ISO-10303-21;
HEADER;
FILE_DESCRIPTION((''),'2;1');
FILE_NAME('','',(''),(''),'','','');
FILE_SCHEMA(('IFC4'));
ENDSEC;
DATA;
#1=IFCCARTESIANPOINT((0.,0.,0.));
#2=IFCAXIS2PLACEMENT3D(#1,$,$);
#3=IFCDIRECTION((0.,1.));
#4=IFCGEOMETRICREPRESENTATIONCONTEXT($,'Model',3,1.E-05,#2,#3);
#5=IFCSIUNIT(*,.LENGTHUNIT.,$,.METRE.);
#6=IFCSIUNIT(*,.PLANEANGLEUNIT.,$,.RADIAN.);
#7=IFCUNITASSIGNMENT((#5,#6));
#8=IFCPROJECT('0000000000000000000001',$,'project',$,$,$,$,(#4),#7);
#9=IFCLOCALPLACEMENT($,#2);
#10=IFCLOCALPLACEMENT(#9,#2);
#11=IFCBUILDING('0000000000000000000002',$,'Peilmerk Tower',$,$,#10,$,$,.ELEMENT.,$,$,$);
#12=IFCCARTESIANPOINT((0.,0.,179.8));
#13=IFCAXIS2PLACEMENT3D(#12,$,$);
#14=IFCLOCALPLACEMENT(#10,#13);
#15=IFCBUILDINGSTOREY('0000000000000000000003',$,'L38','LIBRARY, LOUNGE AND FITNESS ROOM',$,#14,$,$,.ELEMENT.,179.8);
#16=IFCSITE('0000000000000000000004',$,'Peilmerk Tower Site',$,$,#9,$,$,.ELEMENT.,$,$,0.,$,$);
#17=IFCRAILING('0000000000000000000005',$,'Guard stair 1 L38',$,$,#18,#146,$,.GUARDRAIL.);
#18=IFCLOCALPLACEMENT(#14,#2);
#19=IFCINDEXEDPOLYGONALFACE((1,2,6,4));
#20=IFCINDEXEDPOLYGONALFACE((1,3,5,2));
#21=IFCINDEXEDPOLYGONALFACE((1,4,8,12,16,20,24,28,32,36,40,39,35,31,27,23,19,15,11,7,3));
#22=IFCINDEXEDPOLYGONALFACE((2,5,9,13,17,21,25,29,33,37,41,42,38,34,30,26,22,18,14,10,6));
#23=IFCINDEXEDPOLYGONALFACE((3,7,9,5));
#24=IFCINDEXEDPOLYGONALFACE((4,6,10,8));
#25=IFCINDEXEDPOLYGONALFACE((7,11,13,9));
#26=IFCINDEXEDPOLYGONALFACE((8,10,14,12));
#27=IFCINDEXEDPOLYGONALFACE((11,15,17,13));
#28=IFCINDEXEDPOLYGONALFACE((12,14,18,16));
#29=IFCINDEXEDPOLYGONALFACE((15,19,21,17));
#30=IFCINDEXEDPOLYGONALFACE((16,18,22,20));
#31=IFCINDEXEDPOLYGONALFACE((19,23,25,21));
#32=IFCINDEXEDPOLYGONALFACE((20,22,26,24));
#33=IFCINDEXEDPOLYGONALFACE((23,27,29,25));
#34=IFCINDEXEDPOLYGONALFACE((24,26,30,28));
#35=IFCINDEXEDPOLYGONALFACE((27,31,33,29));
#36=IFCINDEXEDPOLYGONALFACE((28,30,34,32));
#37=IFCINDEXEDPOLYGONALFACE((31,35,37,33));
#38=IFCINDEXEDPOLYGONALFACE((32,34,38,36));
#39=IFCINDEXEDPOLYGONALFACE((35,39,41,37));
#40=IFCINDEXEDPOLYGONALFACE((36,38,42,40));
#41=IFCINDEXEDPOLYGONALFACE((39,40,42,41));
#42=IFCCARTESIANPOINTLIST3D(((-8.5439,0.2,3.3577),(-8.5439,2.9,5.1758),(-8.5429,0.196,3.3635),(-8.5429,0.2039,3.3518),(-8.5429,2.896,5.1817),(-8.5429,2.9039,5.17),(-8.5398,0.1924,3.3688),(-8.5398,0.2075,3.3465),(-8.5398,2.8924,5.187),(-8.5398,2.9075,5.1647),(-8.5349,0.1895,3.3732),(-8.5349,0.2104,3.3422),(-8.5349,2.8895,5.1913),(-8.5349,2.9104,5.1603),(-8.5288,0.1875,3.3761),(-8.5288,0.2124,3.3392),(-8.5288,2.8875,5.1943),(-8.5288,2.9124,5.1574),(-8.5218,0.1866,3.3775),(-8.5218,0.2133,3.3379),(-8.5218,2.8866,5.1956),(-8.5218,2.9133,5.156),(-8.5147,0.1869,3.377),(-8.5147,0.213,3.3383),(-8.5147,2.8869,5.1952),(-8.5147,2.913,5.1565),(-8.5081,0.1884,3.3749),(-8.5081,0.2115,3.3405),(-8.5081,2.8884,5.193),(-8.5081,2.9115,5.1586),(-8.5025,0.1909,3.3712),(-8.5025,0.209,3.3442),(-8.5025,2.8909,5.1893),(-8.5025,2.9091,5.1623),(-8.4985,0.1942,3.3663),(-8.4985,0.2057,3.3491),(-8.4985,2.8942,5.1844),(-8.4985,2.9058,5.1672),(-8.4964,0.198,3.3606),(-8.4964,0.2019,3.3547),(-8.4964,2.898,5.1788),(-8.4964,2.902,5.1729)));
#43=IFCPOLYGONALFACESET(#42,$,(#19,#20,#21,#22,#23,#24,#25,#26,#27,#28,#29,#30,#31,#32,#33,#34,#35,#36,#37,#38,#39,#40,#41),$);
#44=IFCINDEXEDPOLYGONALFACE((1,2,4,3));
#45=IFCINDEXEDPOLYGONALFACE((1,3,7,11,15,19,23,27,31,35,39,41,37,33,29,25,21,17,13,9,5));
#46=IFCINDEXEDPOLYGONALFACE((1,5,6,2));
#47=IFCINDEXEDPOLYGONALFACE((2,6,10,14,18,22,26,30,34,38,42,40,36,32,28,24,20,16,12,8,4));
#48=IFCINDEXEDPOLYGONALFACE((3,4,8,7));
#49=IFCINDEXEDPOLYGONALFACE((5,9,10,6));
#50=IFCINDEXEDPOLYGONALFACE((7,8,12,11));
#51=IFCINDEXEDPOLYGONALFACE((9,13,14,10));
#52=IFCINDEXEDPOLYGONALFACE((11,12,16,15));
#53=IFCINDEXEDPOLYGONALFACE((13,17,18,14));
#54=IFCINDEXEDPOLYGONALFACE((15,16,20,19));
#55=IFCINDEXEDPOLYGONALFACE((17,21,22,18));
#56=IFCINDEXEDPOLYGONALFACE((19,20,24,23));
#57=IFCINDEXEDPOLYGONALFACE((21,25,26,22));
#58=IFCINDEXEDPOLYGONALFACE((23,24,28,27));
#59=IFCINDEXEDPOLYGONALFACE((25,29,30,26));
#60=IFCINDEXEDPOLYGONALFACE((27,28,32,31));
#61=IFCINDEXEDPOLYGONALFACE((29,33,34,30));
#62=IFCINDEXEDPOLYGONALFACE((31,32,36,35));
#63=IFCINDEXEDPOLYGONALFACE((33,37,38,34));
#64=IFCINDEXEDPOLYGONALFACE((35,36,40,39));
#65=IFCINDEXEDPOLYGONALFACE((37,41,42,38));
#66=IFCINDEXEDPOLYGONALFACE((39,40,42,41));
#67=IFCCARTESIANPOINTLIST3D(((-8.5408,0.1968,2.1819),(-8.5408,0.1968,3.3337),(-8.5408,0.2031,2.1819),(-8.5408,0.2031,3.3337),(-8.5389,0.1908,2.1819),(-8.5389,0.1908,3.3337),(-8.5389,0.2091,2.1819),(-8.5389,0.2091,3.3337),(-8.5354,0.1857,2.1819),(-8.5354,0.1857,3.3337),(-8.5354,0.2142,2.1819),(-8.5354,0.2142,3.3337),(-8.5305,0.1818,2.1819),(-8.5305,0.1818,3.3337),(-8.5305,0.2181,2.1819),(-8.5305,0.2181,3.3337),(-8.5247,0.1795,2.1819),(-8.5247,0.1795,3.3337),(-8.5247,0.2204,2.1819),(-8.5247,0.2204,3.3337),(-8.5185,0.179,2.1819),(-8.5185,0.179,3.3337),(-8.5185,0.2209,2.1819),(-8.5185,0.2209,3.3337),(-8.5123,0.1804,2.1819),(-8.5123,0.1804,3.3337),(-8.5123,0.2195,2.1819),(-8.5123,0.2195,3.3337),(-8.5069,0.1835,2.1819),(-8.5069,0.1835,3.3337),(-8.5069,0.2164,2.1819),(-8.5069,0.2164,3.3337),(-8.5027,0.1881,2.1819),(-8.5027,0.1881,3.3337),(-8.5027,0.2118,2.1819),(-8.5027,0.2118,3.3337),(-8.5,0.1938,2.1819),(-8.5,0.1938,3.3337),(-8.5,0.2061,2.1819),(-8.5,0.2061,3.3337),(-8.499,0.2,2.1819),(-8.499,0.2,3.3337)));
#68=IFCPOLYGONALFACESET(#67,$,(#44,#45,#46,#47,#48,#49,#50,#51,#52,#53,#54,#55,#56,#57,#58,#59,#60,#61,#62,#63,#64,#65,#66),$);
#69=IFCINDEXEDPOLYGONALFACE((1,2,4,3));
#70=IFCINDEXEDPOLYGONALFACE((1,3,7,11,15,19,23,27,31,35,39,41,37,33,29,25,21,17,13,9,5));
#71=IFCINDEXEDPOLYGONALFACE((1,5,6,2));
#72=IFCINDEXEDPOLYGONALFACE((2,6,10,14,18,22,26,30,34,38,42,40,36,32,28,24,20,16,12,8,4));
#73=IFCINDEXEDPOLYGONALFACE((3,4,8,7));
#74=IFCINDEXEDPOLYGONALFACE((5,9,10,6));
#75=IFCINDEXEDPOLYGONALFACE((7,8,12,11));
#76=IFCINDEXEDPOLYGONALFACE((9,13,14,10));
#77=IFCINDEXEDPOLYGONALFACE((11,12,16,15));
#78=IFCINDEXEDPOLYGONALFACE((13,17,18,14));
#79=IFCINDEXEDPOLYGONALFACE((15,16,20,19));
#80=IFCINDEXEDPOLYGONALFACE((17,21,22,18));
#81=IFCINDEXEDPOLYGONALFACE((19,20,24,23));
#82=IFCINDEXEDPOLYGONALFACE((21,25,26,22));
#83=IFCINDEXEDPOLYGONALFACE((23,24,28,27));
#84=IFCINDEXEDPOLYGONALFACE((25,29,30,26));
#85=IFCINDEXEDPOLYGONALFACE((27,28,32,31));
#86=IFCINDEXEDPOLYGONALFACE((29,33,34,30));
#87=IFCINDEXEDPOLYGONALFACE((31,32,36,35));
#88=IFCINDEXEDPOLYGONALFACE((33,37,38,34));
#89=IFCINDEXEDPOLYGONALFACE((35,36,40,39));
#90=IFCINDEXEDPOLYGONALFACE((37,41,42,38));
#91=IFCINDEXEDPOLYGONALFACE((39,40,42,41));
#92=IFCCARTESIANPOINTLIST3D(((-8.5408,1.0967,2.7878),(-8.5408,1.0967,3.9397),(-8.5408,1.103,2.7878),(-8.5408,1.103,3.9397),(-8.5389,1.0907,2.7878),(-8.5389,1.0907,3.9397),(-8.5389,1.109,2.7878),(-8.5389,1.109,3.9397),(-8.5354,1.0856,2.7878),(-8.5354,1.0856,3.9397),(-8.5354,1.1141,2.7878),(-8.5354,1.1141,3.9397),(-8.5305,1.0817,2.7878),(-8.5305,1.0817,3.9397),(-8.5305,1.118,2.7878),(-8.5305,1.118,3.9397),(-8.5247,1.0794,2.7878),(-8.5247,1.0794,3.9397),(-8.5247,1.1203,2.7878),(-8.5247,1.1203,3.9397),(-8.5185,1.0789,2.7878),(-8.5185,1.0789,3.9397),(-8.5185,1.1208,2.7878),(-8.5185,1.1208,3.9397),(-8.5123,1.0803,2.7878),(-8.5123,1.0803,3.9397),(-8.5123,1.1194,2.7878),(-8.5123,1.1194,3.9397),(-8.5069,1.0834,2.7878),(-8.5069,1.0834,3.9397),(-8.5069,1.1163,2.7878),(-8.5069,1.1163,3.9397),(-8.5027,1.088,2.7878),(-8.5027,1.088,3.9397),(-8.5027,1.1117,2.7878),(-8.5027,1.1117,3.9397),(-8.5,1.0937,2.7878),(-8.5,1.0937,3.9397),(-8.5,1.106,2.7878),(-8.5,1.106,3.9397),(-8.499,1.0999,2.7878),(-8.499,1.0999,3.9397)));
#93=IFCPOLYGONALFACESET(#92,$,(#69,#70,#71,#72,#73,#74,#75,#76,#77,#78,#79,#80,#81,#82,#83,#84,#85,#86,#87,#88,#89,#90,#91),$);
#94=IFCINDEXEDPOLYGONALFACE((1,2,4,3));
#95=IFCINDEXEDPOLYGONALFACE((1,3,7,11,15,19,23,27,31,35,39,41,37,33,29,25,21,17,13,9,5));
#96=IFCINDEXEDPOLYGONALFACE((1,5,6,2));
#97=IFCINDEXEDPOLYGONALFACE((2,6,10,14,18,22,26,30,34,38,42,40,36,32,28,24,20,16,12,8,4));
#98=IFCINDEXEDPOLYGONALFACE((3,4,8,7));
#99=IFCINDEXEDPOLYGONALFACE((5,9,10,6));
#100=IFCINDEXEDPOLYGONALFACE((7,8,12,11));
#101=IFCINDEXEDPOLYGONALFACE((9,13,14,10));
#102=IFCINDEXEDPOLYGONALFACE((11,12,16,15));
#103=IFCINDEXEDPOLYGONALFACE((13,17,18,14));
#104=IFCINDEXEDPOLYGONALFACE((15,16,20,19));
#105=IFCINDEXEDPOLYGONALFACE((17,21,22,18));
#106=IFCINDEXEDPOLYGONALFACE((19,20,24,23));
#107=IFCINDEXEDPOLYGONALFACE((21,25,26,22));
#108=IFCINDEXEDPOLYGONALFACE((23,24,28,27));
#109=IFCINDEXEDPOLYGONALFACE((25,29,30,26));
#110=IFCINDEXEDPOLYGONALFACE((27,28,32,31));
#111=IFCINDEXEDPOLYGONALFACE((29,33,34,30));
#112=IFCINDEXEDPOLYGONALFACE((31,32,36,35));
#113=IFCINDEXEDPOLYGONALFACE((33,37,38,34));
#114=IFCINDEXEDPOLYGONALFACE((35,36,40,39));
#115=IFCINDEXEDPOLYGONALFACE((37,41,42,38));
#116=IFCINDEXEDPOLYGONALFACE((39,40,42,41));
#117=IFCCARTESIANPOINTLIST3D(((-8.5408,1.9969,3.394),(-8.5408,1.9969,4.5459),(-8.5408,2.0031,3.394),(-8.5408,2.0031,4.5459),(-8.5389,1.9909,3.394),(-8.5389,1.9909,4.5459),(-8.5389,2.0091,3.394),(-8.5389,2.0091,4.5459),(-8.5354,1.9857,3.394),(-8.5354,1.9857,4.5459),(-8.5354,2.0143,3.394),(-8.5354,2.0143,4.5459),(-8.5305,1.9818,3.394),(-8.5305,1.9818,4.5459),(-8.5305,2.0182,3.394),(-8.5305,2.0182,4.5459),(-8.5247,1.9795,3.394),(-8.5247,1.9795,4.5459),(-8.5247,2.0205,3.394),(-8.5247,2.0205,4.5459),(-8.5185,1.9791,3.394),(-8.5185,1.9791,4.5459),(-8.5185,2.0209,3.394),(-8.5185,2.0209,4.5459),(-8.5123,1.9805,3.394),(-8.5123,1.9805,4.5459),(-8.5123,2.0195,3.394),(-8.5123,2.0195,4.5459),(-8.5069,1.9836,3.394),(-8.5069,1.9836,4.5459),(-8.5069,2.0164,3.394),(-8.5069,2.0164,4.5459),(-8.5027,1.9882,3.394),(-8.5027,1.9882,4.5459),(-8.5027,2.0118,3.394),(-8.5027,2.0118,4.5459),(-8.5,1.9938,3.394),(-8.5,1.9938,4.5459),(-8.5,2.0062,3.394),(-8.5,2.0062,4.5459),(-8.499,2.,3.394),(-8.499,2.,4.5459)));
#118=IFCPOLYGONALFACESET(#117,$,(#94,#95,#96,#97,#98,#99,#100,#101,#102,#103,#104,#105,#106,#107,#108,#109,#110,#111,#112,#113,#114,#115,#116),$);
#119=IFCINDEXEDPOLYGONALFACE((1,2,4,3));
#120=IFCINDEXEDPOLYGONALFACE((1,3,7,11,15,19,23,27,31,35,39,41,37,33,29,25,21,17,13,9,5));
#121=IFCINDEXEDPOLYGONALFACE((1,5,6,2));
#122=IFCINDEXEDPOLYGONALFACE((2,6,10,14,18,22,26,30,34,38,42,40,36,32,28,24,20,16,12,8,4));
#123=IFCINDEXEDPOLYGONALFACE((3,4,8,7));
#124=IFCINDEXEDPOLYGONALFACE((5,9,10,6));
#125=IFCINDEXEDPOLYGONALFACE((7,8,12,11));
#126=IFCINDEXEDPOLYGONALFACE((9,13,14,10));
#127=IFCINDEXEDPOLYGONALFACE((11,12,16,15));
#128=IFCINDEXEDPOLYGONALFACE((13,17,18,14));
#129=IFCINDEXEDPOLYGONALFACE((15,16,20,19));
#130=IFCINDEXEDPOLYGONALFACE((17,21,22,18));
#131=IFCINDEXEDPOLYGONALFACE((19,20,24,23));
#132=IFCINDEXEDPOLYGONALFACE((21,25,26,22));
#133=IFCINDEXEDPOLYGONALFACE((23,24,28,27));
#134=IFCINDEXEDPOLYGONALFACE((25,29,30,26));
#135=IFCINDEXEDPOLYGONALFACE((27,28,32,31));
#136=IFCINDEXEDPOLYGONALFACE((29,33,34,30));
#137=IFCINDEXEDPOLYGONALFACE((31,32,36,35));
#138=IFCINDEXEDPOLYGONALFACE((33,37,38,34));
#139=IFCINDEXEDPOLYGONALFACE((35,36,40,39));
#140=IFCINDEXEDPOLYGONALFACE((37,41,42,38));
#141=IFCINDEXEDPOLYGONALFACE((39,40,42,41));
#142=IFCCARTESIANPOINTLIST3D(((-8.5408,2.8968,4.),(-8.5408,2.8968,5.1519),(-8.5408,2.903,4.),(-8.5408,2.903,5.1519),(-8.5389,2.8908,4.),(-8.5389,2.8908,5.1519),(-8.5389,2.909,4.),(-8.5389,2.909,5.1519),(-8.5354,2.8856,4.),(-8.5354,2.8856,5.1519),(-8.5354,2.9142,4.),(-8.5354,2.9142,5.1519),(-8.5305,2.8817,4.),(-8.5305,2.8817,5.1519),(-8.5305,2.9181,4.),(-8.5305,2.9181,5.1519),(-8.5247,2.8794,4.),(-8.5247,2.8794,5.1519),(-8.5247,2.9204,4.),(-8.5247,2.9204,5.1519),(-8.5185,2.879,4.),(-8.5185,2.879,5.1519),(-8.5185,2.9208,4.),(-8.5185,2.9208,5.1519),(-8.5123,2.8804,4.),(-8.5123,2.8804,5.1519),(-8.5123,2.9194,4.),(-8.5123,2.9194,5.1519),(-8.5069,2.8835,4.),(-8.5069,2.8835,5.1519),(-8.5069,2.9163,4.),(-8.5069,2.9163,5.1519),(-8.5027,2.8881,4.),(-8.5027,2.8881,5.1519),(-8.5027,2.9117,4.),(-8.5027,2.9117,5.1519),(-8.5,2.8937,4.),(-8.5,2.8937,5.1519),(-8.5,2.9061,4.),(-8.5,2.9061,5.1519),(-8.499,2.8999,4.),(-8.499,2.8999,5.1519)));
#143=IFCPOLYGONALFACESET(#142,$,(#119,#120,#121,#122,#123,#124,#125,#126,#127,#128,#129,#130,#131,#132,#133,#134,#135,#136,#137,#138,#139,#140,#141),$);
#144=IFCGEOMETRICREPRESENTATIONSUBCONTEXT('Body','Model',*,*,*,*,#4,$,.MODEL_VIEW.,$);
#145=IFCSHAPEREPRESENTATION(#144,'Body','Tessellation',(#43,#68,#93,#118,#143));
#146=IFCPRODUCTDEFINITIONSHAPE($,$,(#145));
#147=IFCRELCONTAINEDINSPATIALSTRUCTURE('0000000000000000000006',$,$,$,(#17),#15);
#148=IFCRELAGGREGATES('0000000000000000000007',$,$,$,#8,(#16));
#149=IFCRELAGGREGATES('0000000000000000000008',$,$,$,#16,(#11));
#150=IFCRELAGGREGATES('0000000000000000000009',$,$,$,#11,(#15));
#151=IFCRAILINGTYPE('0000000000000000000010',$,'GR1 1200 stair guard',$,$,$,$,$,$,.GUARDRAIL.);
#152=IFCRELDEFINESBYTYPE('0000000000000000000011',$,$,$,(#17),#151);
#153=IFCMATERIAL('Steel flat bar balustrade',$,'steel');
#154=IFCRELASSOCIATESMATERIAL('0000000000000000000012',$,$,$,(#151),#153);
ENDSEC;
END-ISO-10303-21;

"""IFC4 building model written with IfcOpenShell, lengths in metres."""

from ifc_helpers import new_model, si_unit, direction, frame, origin, origin_2d, place, context, subcontext, project, spatial, circle, extrude, material, type_object, element, save


model = new_model("IFC4")

# Units and contexts
model_context = context("Model", 3, precision=1e-05, world=origin(), true_north=direction((0.0, 1.0)))
body_context = subcontext(model_context, "Body", "Model", "MODEL_VIEW")
ifc_project = project(units=[si_unit("LENGTHUNIT", "METRE"), si_unit("PLANEANGLEUNIT", "RADIAN")], contexts=[model_context])

# Site, building, storey
site_placement = place(None, origin())
site = spatial("IfcSite", under=ifc_project, at=site_placement, Name="Peilmerk Tower Site", CompositionType="ELEMENT", RefElevation=0.0)
building_placement = place(site_placement, origin())
building = spatial("IfcBuilding", under=site, at=building_placement, Name="Peilmerk Tower", CompositionType="ELEMENT")
storey_placement = place(building_placement, frame((0.0, 0.0, 179.8)))
storey = spatial("IfcBuildingStorey", under=building, at=storey_placement, Name="L38", Description="LIBRARY, LOUNGE AND FITNESS ROOM", CompositionType="ELEMENT", Elevation=179.8)

# Railing
ifc_material_1 = material(Name="Steel flat bar balustrade", Category="steel")
railing_type_1 = type_object("IfcRailingType", Name="GR1 1200 stair guard", PredefinedType="GUARDRAIL", material=ifc_material_1)
railing_1_placement = place(storey_placement, frame((-8.52, 0.2, 2.1819)))
element("IfcRailing", 1, at=railing_1_placement, inside=storey, type_object=railing_type_1, Name="Guard stair 1 L38", PredefinedType="GUARDRAIL", context=body_context, shape_type="SweptSolid", body=[
    extrude(circle(Radius=0.0239, at=origin_2d()), frame((0.0, 0.0, 1.1758), z_axis=(0.0, 0.829468, 0.558554), x_axis=(-1.0, 0.0, 0.0)), (0.0, 0.0, 1.0), 3.2551),
    extrude(circle(Radius=0.021, at=origin_2d()), origin(), (0.0, 0.0, 1.0), 1.1519),
    extrude(circle(Radius=0.021, at=origin_2d()), frame((0.0, 0.8999, 0.606)), (0.0, 0.0, 1.0), 1.1519),
    extrude(circle(Radius=0.021, at=origin_2d()), frame((0.0, 1.8, 1.2122)), (0.0, 0.0, 1.0), 1.1519),
    extrude(circle(Radius=0.021, at=origin_2d()), frame((0.0, 2.7, 1.8181)), (0.0, 0.0, 1.0), 1.1519),
])

save(model, "model.ifc")
